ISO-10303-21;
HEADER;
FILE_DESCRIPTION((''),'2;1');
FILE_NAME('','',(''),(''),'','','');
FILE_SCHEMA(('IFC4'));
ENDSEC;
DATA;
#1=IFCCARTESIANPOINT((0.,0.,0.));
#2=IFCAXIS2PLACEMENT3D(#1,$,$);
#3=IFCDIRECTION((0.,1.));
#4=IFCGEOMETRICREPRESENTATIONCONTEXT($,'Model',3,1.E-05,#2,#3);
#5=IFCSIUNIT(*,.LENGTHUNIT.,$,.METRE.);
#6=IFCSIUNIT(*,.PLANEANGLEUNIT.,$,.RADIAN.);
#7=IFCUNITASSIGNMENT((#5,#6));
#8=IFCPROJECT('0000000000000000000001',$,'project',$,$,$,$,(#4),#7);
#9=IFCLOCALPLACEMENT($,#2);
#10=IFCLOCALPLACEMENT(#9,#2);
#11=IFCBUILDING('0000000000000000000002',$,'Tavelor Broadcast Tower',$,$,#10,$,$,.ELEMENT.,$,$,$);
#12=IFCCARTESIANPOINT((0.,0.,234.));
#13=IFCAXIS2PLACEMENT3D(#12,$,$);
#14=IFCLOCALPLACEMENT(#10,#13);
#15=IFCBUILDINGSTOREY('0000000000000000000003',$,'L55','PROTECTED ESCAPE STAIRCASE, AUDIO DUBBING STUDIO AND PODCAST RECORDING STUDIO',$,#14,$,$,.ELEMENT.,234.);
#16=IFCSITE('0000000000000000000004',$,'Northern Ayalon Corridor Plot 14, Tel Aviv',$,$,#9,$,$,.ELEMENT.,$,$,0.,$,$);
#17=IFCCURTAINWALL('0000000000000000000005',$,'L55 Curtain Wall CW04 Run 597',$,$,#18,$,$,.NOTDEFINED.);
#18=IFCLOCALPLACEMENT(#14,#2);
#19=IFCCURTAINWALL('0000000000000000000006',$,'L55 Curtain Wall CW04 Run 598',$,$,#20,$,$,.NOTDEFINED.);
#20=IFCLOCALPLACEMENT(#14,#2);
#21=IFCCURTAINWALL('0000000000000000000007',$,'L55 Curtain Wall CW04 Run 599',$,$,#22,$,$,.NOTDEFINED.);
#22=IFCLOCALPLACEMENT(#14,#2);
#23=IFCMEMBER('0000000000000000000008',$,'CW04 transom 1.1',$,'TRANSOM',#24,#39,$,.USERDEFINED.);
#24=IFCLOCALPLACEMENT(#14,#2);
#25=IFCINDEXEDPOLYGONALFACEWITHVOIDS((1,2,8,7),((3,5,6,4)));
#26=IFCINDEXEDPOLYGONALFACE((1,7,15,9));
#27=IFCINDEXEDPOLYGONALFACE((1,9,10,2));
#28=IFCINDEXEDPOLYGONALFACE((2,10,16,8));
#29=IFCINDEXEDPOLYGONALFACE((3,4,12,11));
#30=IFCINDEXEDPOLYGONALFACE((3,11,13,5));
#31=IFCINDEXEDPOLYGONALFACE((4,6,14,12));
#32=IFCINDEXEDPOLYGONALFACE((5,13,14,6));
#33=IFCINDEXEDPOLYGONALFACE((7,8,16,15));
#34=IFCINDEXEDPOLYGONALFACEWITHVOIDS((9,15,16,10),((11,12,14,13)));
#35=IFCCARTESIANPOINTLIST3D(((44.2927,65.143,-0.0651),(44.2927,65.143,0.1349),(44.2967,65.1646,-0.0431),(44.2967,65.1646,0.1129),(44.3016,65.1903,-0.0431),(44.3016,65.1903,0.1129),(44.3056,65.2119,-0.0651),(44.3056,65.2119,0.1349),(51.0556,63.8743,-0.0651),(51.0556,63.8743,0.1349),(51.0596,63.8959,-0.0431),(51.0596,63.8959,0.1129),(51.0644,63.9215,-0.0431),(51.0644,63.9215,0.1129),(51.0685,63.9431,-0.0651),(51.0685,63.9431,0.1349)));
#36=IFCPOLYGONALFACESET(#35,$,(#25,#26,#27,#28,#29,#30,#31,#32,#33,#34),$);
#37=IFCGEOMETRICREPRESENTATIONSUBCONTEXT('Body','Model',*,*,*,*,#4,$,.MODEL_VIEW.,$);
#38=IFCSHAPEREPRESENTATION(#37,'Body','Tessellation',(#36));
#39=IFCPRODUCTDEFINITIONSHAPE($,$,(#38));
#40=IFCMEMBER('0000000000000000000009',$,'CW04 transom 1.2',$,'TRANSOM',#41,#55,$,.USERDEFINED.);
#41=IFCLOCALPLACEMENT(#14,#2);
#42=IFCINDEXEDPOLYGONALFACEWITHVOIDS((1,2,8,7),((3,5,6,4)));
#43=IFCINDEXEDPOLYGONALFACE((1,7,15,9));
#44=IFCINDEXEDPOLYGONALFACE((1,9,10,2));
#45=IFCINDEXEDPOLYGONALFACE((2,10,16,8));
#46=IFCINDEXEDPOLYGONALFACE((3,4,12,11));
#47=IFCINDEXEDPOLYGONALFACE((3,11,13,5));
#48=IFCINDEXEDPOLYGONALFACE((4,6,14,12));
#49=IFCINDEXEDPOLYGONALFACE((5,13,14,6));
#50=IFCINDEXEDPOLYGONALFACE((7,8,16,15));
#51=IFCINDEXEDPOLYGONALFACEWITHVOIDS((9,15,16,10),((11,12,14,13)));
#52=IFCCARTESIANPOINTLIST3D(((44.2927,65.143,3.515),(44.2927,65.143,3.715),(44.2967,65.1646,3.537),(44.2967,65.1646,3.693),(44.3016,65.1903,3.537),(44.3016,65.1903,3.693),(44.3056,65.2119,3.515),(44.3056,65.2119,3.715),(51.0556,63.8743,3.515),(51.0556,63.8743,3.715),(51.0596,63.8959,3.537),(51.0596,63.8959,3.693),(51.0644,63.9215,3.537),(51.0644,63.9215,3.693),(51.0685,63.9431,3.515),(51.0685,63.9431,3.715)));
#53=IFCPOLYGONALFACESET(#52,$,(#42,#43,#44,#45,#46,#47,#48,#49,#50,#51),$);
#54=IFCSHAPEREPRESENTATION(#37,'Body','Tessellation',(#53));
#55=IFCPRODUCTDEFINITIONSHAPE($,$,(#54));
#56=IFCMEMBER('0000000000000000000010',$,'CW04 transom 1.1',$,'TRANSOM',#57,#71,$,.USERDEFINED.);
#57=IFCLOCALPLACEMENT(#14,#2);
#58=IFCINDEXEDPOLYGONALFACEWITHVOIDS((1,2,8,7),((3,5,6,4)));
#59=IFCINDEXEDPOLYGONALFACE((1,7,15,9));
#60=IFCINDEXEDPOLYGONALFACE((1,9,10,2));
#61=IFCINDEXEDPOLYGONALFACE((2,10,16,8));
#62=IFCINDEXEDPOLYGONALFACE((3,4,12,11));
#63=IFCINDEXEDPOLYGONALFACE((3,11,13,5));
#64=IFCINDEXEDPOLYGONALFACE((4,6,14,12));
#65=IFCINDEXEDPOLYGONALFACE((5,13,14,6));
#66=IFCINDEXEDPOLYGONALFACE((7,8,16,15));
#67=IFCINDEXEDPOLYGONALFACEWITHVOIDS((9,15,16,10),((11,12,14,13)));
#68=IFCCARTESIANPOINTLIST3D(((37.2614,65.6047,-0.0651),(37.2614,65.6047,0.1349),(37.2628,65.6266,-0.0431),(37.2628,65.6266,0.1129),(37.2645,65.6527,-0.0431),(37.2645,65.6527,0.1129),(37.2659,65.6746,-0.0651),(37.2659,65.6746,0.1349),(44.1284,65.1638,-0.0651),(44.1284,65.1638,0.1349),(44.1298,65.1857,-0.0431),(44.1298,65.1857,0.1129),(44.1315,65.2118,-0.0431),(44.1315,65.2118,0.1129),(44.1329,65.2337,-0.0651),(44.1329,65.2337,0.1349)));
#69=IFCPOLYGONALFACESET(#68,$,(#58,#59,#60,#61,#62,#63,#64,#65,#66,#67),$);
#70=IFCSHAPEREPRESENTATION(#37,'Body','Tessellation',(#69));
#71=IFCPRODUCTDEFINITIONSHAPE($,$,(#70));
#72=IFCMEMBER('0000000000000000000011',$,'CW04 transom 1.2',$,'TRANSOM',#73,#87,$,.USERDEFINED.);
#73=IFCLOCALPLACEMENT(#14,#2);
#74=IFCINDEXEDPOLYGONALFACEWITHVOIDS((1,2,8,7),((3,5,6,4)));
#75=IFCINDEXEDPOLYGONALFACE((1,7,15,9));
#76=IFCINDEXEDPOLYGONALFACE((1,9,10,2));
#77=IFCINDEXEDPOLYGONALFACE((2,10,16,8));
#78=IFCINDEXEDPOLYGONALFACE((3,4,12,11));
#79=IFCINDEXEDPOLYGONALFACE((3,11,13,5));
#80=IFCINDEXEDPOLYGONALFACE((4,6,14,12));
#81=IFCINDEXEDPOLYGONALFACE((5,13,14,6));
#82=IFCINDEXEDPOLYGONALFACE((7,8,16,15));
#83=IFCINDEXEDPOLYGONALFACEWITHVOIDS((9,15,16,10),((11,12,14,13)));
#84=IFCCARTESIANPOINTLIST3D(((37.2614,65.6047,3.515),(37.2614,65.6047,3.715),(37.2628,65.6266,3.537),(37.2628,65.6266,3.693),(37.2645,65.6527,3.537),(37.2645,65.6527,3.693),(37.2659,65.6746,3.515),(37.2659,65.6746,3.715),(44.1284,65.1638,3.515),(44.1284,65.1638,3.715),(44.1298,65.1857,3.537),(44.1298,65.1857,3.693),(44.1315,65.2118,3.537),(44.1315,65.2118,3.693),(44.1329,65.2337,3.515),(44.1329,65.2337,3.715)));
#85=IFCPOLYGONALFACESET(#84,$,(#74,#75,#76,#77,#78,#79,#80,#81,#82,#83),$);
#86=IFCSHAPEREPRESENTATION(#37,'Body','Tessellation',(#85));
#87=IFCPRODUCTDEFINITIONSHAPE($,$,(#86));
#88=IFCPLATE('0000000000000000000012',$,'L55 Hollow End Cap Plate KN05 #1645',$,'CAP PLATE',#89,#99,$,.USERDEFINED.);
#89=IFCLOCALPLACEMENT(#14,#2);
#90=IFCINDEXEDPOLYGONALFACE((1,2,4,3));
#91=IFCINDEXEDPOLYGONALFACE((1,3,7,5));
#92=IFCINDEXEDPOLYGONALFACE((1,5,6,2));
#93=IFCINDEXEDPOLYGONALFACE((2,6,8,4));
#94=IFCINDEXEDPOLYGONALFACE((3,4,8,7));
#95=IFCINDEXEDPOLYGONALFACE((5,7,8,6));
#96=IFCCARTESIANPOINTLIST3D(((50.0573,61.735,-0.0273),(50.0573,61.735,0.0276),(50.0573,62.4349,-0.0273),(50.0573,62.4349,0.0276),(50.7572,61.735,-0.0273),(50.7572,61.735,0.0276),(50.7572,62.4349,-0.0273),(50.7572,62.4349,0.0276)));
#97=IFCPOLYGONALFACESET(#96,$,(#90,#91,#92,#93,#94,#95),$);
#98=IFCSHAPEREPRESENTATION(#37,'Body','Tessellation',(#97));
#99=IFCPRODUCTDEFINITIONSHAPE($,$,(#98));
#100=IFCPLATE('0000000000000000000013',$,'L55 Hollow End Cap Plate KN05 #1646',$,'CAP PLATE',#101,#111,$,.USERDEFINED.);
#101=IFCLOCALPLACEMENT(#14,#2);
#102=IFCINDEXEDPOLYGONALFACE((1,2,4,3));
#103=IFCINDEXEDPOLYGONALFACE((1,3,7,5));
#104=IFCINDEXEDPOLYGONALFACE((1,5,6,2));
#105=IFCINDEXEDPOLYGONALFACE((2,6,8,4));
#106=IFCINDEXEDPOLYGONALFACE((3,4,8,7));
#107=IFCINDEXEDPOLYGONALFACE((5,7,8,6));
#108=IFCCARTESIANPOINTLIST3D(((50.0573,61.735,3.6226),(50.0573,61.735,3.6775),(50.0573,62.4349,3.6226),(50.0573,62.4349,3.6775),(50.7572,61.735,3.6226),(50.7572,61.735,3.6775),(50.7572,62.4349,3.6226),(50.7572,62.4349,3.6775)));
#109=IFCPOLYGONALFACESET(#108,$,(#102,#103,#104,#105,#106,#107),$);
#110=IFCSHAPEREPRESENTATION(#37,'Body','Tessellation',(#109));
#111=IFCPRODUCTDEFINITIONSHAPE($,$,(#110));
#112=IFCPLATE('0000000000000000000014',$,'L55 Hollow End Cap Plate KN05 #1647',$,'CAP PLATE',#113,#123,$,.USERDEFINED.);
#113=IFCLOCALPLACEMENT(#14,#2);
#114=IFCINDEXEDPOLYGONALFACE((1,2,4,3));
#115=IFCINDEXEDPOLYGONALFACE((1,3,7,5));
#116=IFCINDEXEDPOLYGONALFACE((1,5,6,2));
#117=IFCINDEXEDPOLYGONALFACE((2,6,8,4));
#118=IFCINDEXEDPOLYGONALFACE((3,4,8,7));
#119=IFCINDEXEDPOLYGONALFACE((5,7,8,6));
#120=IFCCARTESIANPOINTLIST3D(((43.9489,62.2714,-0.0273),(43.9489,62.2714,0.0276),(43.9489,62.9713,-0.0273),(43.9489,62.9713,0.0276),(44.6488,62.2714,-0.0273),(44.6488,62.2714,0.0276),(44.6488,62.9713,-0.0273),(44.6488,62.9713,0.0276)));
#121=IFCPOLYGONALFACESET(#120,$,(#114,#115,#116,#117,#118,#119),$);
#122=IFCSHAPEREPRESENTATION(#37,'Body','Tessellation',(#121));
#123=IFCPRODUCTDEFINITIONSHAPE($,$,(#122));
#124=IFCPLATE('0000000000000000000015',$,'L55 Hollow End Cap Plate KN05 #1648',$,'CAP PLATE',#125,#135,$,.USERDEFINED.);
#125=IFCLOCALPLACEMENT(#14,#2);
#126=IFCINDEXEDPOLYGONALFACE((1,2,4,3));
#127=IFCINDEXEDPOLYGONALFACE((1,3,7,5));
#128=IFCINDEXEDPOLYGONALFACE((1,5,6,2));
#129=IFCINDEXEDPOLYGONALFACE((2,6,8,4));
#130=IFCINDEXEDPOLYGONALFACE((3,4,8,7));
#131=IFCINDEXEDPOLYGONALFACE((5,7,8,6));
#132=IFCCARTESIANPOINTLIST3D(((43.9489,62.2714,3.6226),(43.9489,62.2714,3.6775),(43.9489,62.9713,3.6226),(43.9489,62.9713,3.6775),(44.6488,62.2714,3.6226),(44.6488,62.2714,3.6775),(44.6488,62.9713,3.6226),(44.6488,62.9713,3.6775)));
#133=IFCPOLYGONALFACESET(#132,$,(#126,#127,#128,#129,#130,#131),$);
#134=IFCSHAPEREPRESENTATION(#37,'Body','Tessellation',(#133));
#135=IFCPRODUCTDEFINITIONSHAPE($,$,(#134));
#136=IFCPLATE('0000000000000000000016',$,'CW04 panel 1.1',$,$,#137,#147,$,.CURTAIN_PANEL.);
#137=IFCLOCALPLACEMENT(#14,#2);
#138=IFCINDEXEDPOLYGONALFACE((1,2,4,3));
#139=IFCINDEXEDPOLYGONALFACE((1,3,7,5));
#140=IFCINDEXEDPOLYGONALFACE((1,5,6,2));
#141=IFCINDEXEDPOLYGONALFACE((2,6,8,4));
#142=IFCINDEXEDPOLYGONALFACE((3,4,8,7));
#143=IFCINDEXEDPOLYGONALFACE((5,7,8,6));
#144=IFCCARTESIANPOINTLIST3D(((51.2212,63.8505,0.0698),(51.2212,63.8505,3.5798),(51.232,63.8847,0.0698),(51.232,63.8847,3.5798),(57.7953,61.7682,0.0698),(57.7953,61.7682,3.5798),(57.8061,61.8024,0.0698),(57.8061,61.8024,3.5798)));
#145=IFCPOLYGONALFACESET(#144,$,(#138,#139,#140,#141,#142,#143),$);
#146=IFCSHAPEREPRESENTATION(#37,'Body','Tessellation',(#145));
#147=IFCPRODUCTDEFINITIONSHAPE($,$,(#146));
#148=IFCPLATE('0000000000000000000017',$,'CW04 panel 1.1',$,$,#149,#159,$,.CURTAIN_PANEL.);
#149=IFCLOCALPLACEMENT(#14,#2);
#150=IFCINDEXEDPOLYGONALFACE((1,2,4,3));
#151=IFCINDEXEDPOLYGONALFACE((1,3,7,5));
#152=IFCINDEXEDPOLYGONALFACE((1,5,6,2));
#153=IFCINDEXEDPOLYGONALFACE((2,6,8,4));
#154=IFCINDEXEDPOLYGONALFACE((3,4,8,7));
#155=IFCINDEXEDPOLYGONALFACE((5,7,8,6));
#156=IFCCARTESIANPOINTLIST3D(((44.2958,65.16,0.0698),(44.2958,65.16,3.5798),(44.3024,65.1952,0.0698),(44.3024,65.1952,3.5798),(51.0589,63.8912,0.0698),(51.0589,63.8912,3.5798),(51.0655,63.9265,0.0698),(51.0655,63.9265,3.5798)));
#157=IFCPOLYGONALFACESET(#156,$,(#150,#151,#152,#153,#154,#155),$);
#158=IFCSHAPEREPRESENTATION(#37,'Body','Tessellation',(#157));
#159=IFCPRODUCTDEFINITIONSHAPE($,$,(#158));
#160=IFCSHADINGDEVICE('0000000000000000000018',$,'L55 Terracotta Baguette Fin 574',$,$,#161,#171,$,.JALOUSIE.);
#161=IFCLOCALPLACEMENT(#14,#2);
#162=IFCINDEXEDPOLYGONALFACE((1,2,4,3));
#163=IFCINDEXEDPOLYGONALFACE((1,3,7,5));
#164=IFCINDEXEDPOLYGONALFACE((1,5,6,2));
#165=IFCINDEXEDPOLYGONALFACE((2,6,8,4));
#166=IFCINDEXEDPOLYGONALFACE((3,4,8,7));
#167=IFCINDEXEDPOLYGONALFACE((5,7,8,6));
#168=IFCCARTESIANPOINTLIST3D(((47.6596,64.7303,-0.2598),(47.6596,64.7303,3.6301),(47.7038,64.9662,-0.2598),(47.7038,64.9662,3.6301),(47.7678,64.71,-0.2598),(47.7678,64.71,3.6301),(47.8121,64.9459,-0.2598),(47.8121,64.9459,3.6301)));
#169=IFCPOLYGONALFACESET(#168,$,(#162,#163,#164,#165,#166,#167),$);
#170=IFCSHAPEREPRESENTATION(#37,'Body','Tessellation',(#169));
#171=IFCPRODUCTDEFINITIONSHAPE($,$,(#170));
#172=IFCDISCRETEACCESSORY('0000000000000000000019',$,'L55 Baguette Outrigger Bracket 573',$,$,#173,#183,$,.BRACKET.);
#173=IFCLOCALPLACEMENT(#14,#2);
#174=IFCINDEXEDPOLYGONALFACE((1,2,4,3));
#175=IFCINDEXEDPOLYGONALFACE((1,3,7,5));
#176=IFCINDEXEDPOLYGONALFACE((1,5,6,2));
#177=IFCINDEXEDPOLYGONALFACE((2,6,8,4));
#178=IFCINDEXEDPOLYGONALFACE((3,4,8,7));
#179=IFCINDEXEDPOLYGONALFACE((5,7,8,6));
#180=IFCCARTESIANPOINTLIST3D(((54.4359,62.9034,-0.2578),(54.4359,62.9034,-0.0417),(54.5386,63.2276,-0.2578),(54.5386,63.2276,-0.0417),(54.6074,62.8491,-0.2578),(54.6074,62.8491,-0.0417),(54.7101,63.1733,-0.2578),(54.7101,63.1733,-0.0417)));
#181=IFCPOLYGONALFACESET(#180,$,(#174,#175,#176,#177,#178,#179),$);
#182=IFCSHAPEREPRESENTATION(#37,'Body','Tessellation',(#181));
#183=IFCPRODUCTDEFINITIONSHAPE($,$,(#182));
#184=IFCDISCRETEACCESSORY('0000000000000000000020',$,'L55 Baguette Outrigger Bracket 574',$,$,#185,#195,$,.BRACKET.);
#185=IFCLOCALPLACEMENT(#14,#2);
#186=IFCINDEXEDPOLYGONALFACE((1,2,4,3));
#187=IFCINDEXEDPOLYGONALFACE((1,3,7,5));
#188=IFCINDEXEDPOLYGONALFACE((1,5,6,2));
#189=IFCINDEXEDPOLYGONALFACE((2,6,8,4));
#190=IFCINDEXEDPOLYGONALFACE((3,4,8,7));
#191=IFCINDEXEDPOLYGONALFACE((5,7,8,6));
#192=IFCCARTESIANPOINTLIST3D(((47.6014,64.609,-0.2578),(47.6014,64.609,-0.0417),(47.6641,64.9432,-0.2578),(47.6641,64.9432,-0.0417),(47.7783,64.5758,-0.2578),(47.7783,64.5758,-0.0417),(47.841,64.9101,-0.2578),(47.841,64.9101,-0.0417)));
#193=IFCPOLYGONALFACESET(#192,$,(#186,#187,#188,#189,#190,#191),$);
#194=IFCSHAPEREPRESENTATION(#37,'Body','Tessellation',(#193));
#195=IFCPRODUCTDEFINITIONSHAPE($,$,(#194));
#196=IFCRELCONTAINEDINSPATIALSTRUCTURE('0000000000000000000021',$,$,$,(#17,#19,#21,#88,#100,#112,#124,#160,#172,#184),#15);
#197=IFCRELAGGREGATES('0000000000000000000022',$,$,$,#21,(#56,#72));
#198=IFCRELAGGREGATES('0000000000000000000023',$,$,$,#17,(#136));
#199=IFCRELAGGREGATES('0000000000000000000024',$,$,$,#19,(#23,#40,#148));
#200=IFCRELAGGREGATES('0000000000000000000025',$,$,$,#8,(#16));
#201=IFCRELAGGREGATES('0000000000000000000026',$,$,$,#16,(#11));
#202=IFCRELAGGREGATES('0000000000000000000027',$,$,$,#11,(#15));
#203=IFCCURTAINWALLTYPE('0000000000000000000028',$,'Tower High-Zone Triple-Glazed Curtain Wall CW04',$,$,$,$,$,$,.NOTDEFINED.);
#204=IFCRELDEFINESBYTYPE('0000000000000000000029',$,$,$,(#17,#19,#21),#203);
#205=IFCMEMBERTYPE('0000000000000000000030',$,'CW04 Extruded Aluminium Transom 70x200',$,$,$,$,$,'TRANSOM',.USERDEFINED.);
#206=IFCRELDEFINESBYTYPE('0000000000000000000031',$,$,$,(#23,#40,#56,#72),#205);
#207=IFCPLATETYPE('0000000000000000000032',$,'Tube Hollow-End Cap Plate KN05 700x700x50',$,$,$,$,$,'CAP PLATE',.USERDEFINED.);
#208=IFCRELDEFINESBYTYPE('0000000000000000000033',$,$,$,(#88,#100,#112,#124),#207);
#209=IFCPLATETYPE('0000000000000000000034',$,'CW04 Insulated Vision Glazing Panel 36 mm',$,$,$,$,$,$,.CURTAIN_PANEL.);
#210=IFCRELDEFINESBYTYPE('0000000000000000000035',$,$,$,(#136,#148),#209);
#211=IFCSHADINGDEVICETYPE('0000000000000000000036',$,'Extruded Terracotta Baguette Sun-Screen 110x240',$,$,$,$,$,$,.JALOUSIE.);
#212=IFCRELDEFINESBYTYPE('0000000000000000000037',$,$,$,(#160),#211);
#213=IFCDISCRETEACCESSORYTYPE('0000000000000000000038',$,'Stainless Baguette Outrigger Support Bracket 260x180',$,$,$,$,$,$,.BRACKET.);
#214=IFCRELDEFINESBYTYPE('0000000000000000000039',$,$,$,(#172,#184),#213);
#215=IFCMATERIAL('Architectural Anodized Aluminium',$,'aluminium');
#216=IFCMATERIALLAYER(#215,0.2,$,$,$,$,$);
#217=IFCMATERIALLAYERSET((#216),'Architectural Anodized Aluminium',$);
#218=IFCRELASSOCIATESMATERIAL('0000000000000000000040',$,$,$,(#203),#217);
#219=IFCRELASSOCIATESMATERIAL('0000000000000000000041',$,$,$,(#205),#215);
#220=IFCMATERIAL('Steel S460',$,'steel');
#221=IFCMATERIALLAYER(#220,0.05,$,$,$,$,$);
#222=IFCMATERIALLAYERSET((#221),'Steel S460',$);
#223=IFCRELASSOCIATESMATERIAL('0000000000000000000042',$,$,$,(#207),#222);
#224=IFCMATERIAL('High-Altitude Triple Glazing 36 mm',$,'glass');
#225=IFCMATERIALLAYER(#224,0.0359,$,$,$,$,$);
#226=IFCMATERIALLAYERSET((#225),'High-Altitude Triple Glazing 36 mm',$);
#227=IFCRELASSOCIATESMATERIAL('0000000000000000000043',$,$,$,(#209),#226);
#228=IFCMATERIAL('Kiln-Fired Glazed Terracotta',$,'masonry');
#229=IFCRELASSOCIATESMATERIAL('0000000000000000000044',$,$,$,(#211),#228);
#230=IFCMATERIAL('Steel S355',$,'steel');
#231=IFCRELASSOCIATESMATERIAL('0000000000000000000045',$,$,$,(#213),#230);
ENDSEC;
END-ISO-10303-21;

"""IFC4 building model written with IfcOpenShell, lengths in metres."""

from ifc_helpers import new_model, si_unit, direction, frame, origin, origin_2d, place, context, subcontext, project, spatial, rectangle, hollow_rectangle, extrude, source, transform, mapped, material, layer, layer_set, material_profile, profile_set, type_object, type_shapes, element, aggregate, save


model = new_model("IFC4")

# Units and contexts
model_context = context("Model", 3, precision=1e-05, world=origin(), true_north=direction((0.0, 1.0)))
body_context = subcontext(model_context, "Body", "Model", "MODEL_VIEW")
ifc_project = project(units=[si_unit("LENGTHUNIT", "METRE"), si_unit("PLANEANGLEUNIT", "RADIAN")], contexts=[model_context])

# Site, building, storey
site_placement = place(None, origin())
site = spatial("IfcSite", under=ifc_project, at=site_placement, Name="Northern Ayalon Corridor Plot 14, Tel Aviv", CompositionType="ELEMENT", RefElevation=0.0)
building_placement = place(site_placement, origin())
building = spatial("IfcBuilding", under=site, at=building_placement, Name="Tavelor Broadcast Tower", CompositionType="ELEMENT")
storey_placement = place(building_placement, frame((0.0, 0.0, 234.0)))
storey = spatial("IfcBuildingStorey", under=building, at=storey_placement, Name="L55", Description="PROTECTED ESCAPE STAIRCASE, AUDIO DUBBING STUDIO AND PODCAST RECORDING STUDIO", CompositionType="ELEMENT", Elevation=234.0)

# Shared definitions
ifc_material_1 = material(Name="Steel S460", Category="steel")

# Shared definitions
ifc_material_2 = material(Name="Steel S355", Category="steel")

# Curtain wall
ifc_material_3 = material(Name="Architectural Anodized Aluminium", Category="aluminium")
ifc_layer_1 = layer(ifc_material_3, 0.2)
ifc_layer_set_1 = layer_set([ifc_layer_1], Name="Architectural Anodized Aluminium")
curtain_wall_type = type_object("IfcCurtainWallType", Name="Tower High-Zone Triple-Glazed Curtain Wall CW04", PredefinedType="NOTDEFINED", material=ifc_layer_set_1)
curtain_wall_1_placement = place(storey_placement, origin())
curtain_wall_1 = element("IfcCurtainWall", 1, at=curtain_wall_1_placement, inside=storey, type_object=curtain_wall_type, Name="L55 Curtain Wall CW04 Run 597", PredefinedType="NOTDEFINED")

# Curtain wall
curtain_wall_2_placement = place(storey_placement, origin())
curtain_wall_2 = element("IfcCurtainWall", 2, at=curtain_wall_2_placement, inside=storey, type_object=curtain_wall_type, Name="L55 Curtain Wall CW04 Run 598", PredefinedType="NOTDEFINED")

# Curtain wall
curtain_wall_3_placement = place(storey_placement, origin())
curtain_wall_3 = element("IfcCurtainWall", 3, at=curtain_wall_3_placement, inside=storey, type_object=curtain_wall_type, Name="L55 Curtain Wall CW04 Run 599", PredefinedType="NOTDEFINED")

# Members
ifc_material_profile_1 = material_profile(ifc_material_3, hollow_rectangle(XDim=0.0701, YDim=0.2, WallThickness=0.022, at=origin_2d()), Name="RHS 70x200x22")
ifc_profile_set_1 = profile_set([ifc_material_profile_1], Name="Architectural Anodized Aluminium")
member_type_1 = type_object("IfcMemberType", Name="CW04 Extruded Aluminium Transom 70x200", ElementType="TRANSOM", PredefinedType="USERDEFINED", material=ifc_profile_set_1)
shared_shape_1 = source(origin(), body_context, "Body", "SweptSolid", [
    extrude(hollow_rectangle(XDim=0.0701, YDim=0.2, WallThickness=0.022, at=origin_2d()), origin(), (0.0, 0.0, 1.0), 6.8809),
])
member_1_placement = place(storey_placement, frame((51.062, 63.9087, 0.0349), z_axis=(-0.982852, 0.184394, 0.0), x_axis=(-0.184394, -0.982852, 0.0)))
member_1 = element("IfcMember", 4, at=member_1_placement, type_object=member_type_1, Name="CW04 transom 1.1", ObjectType="TRANSOM", PredefinedType="USERDEFINED", context=body_context, shape_type="MappedRepresentation", body=[
    mapped(shared_shape_1, transform((0.0, 0.0, 0.0), scale=1.0)),
])
member_2_placement = place(storey_placement, frame((51.062, 63.9087, 3.615), z_axis=(-0.982852, 0.184394, 0.0), x_axis=(-0.184394, -0.982852, 0.0)))
member_2 = element("IfcMember", 5, at=member_2_placement, type_object=member_type_1, Name="CW04 transom 1.2", ObjectType="TRANSOM", PredefinedType="USERDEFINED", context=body_context, shape_type="MappedRepresentation", body=[
    mapped(shared_shape_1, transform((0.0, 0.0, 0.0), scale=1.0)),
])
shared_shape_2 = source(origin(), body_context, "Body", "SweptSolid", [
    extrude(hollow_rectangle(XDim=0.0701, YDim=0.2, WallThickness=0.022, at=origin_2d()), origin(), (0.0, 0.0, 1.0), 6.8811),
])
type_shapes(member_type_1, [shared_shape_1, shared_shape_2])
member_3_placement = place(storey_placement, frame((44.1306, 65.1987, 0.0349), z_axis=(-0.997945, 0.064077, 0.0), x_axis=(-0.064077, -0.997945, 0.0)))
member_3 = element("IfcMember", 6, at=member_3_placement, type_object=member_type_1, Name="CW04 transom 1.1", ObjectType="TRANSOM", PredefinedType="USERDEFINED", context=body_context, shape_type="MappedRepresentation", body=[
    mapped(shared_shape_2, transform((0.0, 0.0, 0.0), scale=1.0)),
])
member_4_placement = place(storey_placement, frame((44.1306, 65.1987, 3.615), z_axis=(-0.997945, 0.064077, 0.0), x_axis=(-0.064077, -0.997945, 0.0)))
member_4 = element("IfcMember", 7, at=member_4_placement, type_object=member_type_1, Name="CW04 transom 1.2", ObjectType="TRANSOM", PredefinedType="USERDEFINED", context=body_context, shape_type="MappedRepresentation", body=[
    mapped(shared_shape_2, transform((0.0, 0.0, 0.0), scale=1.0)),
])
aggregate(curtain_wall_3, [member_3, member_4])

# Plates
ifc_layer_2 = layer(ifc_material_1, 0.05)
ifc_layer_set_2 = layer_set([ifc_layer_2], Name="Steel S460")
plate_type_1 = type_object("IfcPlateType", Name="Tube Hollow-End Cap Plate KN05 700x700x50", ElementType="CAP PLATE", PredefinedType="USERDEFINED", material=ifc_layer_set_2)
shared_shape_3 = source(origin(), body_context, "Body", "SweptSolid", [
    extrude(rectangle(XDim=0.7, YDim=0.7, at=origin_2d()), origin(), (0.0, 0.0, 1.0), 0.0549),
])
type_shapes(plate_type_1, [shared_shape_3])
for number, where, z_axis, x_axis, name in (
    (8, (50.4072, 62.085, -0.0273), (0.0, 0.0, 1.0), (1.0, 0.0, 0.0), "L55 Hollow End Cap Plate KN05 #1645"),
    (9, (50.4072, 62.085, 3.6226), (0.0, 0.0, 1.0), (1.0, 0.0, 0.0), "L55 Hollow End Cap Plate KN05 #1646"),
    (10, (44.2988, 62.6213, -0.0273), (0.0, 0.0, 1.0), (1.0, 0.0, 0.0), "L55 Hollow End Cap Plate KN05 #1647"),
    (11, (44.2988, 62.6213, 3.6226), (0.0, 0.0, 1.0), (1.0, 0.0, 0.0), "L55 Hollow End Cap Plate KN05 #1648"),
):
    element("IfcPlate", number, at=place(storey_placement, frame(where, z_axis=z_axis, x_axis=x_axis)), inside=storey, type_object=plate_type_1, Name=name, ObjectType="CAP PLATE", PredefinedType="USERDEFINED", context=body_context, shape_type="MappedRepresentation", body=[
        mapped(shared_shape_3, transform((0.0, 0.0, 0.0), scale=1.0)),
    ])

# Plates
ifc_material_4 = material(Name="High-Altitude Triple Glazing 36 mm", Category="glass")
ifc_layer_3 = layer(ifc_material_4, 0.0359)
ifc_layer_set_3 = layer_set([ifc_layer_3], Name="High-Altitude Triple Glazing 36 mm")
plate_type_2 = type_object("IfcPlateType", Name="CW04 Insulated Vision Glazing Panel 36 mm", PredefinedType="CURTAIN_PANEL", material=ifc_layer_set_3)
shared_shape_4 = source(origin(), body_context, "Body", "SweptSolid", [
    extrude(rectangle(XDim=6.896, YDim=0.0359, at=origin_2d()), origin(), (0.0, 0.0, 1.0), 3.51),
])
plate_1_placement = place(storey_placement, frame((54.5137, 62.8264, 0.0698), z_axis=(0.0, 0.0, 1.0), x_axis=(-0.953321, 0.30196, 0.0)))
plate_1 = element("IfcPlate", 12, at=plate_1_placement, type_object=plate_type_2, Name="CW04 panel 1.1", PredefinedType="CURTAIN_PANEL", context=body_context, shape_type="MappedRepresentation", body=[
    mapped(shared_shape_4, transform((0.0, 0.0, 0.0), scale=1.0)),
])
aggregate(curtain_wall_1, [plate_1])
shared_shape_5 = source(origin(), body_context, "Body", "SweptSolid", [
    extrude(rectangle(XDim=6.8811, YDim=0.0359, at=origin_2d()), origin(), (0.0, 0.0, 1.0), 3.51),
])
type_shapes(plate_type_2, [shared_shape_4, shared_shape_5])
plate_2_placement = place(storey_placement, frame((47.6807, 64.5432, 0.0698), z_axis=(0.0, 0.0, 1.0), x_axis=(-0.982854, 0.184387, 0.0)))
plate_2 = element("IfcPlate", 13, at=plate_2_placement, type_object=plate_type_2, Name="CW04 panel 1.1", PredefinedType="CURTAIN_PANEL", context=body_context, shape_type="MappedRepresentation", body=[
    mapped(shared_shape_5, transform((0.0, 0.0, 0.0), scale=1.0)),
])
aggregate(curtain_wall_2, [member_1, member_2, plate_2])

# Shading device
ifc_material_5 = material(Name="Kiln-Fired Glazed Terracotta", Category="masonry")
shading_device_type = type_object("IfcShadingDeviceType", Name="Extruded Terracotta Baguette Sun-Screen 110x240", PredefinedType="JALOUSIE", material=ifc_material_5)
shared_shape_6 = source(origin(), body_context, "Body", "SweptSolid", [
    extrude(rectangle(XDim=0.1101, YDim=0.24, at=origin_2d()), origin(), (0.0, 0.0, 1.0), 3.8899),
])
type_shapes(shading_device_type, [shared_shape_6])
shading_device_placement = place(storey_placement, frame((47.7358, 64.8381, -0.2598), z_axis=(0.0, 0.0, 1.0), x_axis=(-0.982871, 0.184294, 0.0)))
element("IfcShadingDevice", 14, at=shading_device_placement, inside=storey, type_object=shading_device_type, Name="L55 Terracotta Baguette Fin 574", PredefinedType="JALOUSIE", context=body_context, shape_type="MappedRepresentation", body=[
    mapped(shared_shape_6, transform((0.0, 0.0, 0.0), scale=1.0)),
])

# Discrete accessories
discrete_accessory_type = type_object("IfcDiscreteAccessoryType", Name="Stainless Baguette Outrigger Support Bracket 260x180", PredefinedType="BRACKET", material=ifc_material_2)
shared_shape_7 = source(origin(), body_context, "Body", "SweptSolid", [
    extrude(rectangle(XDim=0.1799, YDim=0.3401, at=origin_2d()), origin(), (0.0, 0.0, 1.0), 0.2161),
])
type_shapes(discrete_accessory_type, [shared_shape_7])
for number, where, z_axis, x_axis, name in (
    (15, (54.573, 63.0383, -0.2578), (0.0, 0.0, 1.0), (-0.953296, 0.302037, 0.0), "L55 Baguette Outrigger Bracket 573"),
    (16, (47.7212, 64.7595, -0.2578), (0.0, 0.0, 1.0), (-0.982871, 0.184294, 0.0), "L55 Baguette Outrigger Bracket 574"),
):
    element("IfcDiscreteAccessory", number, at=place(storey_placement, frame(where, z_axis=z_axis, x_axis=x_axis)), inside=storey, type_object=discrete_accessory_type, Name=name, PredefinedType="BRACKET", context=body_context, shape_type="MappedRepresentation", body=[
        mapped(shared_shape_7, transform((0.0, 0.0, 0.0), scale=1.0)),
    ])

save(model, "model.ifc")
